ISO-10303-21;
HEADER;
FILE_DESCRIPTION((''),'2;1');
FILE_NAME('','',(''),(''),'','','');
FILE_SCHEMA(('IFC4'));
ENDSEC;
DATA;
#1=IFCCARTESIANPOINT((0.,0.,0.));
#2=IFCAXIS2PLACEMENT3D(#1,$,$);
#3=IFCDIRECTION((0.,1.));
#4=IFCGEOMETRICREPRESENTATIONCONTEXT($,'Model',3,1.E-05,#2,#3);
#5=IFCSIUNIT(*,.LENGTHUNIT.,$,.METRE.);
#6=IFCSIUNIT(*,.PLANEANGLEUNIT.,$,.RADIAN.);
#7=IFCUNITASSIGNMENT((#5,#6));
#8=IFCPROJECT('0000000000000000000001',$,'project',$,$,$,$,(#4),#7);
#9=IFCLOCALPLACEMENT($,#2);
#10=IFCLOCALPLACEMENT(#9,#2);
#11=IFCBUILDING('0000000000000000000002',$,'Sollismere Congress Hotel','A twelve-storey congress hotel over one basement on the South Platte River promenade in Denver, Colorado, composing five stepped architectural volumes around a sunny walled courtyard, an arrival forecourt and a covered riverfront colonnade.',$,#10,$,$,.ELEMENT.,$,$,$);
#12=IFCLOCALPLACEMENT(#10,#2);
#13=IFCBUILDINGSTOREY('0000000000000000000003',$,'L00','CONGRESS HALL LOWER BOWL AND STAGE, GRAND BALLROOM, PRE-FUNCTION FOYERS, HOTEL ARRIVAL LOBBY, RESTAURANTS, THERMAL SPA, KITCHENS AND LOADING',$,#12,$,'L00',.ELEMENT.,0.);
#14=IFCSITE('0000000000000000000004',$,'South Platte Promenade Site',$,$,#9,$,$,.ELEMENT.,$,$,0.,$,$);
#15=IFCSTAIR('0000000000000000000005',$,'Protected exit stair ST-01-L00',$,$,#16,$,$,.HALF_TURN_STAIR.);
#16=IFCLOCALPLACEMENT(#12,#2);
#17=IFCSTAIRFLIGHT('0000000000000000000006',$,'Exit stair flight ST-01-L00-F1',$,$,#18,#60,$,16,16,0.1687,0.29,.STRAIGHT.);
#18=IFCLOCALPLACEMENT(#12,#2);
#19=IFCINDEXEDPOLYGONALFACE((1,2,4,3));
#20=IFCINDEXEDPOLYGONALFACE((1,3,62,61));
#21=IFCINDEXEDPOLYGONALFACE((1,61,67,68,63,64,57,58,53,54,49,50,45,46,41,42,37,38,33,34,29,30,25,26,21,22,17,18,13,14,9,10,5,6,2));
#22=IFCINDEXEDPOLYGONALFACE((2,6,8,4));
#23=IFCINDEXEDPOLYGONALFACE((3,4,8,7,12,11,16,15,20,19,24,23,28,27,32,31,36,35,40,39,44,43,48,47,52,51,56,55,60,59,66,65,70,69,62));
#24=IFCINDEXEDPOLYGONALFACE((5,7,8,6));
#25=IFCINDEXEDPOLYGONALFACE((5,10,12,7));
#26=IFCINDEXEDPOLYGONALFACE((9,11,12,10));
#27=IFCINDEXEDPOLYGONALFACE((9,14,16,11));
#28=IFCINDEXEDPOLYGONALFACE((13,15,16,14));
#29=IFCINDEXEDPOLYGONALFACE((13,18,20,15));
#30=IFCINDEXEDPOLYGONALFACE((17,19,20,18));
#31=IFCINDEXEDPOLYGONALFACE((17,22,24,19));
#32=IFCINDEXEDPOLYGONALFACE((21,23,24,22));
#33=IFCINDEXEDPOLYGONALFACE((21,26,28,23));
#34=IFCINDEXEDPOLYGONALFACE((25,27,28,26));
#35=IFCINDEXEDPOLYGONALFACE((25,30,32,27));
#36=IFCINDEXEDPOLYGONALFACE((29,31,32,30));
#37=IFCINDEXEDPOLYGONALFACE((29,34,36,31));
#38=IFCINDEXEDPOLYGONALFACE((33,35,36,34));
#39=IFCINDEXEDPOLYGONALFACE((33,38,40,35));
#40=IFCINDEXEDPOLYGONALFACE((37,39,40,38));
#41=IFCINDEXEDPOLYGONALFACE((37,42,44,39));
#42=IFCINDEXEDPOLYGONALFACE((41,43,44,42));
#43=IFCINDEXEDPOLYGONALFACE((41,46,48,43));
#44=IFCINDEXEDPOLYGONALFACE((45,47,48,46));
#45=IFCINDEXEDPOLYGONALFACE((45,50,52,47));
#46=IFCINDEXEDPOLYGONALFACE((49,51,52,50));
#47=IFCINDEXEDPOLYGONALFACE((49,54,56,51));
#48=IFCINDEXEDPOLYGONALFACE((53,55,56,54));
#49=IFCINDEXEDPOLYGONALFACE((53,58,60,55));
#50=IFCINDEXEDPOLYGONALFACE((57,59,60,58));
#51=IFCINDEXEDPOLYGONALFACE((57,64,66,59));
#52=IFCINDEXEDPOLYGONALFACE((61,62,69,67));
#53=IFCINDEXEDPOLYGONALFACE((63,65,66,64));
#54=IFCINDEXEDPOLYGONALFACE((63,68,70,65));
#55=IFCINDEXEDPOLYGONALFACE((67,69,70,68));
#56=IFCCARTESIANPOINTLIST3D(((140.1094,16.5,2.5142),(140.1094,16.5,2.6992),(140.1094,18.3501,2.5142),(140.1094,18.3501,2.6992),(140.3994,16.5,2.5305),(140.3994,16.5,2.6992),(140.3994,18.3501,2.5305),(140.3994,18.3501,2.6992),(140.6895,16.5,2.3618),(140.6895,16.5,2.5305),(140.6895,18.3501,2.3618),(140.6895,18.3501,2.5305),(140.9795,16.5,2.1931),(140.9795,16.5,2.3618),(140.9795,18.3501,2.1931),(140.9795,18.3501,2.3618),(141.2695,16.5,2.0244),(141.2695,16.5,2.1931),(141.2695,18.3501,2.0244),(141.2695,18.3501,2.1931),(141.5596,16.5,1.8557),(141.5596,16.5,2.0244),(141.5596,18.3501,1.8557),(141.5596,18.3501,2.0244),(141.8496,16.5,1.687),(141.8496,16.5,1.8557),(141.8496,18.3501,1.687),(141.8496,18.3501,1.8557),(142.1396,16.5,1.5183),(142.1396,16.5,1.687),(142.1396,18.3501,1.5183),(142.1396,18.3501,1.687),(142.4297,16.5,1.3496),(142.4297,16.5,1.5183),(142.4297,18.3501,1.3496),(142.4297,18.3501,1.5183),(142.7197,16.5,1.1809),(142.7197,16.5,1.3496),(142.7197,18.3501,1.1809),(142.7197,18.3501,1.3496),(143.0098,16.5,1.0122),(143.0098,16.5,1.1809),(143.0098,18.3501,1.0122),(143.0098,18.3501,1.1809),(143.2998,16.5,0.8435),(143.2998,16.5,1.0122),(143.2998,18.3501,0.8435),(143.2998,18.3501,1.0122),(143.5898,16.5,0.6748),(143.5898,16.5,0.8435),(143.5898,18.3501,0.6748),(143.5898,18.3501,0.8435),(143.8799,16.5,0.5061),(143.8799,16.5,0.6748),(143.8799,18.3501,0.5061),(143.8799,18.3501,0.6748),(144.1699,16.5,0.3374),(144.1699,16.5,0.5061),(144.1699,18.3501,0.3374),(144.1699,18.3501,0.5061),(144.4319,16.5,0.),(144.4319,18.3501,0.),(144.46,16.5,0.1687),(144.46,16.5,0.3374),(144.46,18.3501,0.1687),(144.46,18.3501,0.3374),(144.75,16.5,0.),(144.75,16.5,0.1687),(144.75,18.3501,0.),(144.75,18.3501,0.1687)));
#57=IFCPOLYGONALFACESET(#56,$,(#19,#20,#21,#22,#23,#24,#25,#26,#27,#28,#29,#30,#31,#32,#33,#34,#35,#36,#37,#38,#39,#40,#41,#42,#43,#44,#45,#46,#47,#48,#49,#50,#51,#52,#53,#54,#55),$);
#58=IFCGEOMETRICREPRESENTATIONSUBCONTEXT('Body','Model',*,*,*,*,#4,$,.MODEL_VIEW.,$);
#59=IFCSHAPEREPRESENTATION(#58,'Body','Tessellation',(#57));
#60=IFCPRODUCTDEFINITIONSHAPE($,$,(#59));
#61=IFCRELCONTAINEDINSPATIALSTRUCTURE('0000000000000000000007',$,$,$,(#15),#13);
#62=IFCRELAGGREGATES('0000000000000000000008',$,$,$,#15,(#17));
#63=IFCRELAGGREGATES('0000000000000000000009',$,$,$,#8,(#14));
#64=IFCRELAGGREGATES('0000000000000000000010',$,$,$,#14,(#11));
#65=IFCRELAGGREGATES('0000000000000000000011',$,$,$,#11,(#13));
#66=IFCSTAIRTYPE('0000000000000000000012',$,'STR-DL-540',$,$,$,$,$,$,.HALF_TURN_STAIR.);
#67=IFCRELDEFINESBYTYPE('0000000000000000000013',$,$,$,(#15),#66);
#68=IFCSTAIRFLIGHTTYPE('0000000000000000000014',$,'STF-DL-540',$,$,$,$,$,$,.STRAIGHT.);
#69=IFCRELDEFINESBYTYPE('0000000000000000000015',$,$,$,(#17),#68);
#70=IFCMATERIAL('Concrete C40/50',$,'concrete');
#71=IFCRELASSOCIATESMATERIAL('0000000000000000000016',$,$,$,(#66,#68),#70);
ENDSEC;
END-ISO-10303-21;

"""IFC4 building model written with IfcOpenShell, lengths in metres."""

from ifc_helpers import new_model, si_unit, direction, frame, origin, place, context, subcontext, project, spatial, polyline, outline, extrude, material, type_object, element, aggregate, save


model = new_model("IFC4")

# Units and contexts
model_context = context("Model", 3, precision=1e-05, world=origin(), true_north=direction((0.0, 1.0)))
body_context = subcontext(model_context, "Body", "Model", "MODEL_VIEW")
ifc_project = project(units=[si_unit("LENGTHUNIT", "METRE"), si_unit("PLANEANGLEUNIT", "RADIAN")], contexts=[model_context])

# Site, building, storey
site_placement = place(None, origin())
site = spatial("IfcSite", under=ifc_project, at=site_placement, Name="South Platte Promenade Site", CompositionType="ELEMENT", RefElevation=0.0)
building_placement = place(site_placement, origin())
building = spatial("IfcBuilding", under=site, at=building_placement, Name="Sollismere Congress Hotel", Description="A twelve-storey congress hotel over one basement on the South Platte River promenade in Denver, Colorado, composing five stepped architectural volumes around a sunny walled courtyard, an arrival forecourt and a covered riverfront colonnade.", CompositionType="ELEMENT")
storey_placement = place(building_placement, origin())
storey = spatial("IfcBuildingStorey", under=building, at=storey_placement, Name="L00", Description="CONGRESS HALL LOWER BOWL AND STAGE, GRAND BALLROOM, PRE-FUNCTION FOYERS, HOTEL ARRIVAL LOBBY, RESTAURANTS, THERMAL SPA, KITCHENS AND LOADING", LongName="L00", CompositionType="ELEMENT", Elevation=0.0)

# Stair, stair flight
ifc_material_1 = material(Name="Concrete C40/50", Category="concrete")
stair_type = type_object("IfcStairType", Name="STR-DL-540", PredefinedType="HALF_TURN_STAIR", material=ifc_material_1)
stair_placement = place(storey_placement, origin())
stair = element("IfcStair", 1, at=stair_placement, inside=storey, type_object=stair_type, Name="Protected exit stair ST-01-L00", PredefinedType="HALF_TURN_STAIR")
stair_flight_type = type_object("IfcStairFlightType", Name="STF-DL-540", PredefinedType="STRAIGHT", material=ifc_material_1)
stair_flight_placement = place(storey_placement, frame((144.75, 17.425, 0.0), z_axis=(0.0, 0.0, 1.0), x_axis=(-1.0, 0.0, 0.0)))
stair_flight = element("IfcStairFlight", 2, at=stair_flight_placement, type_object=stair_flight_type, Name="Exit stair flight ST-01-L00-F1", NumberOfRisers=16, NumberOfTreads=16, PredefinedType="STRAIGHT", RiserHeight=0.1687, TreadLength=0.29, context=body_context, shape_type="SweptSolid", body=[
    extrude(outline(polyline([(0.0, 0.0), (0.0, 0.1687), (0.29, 0.1687), (0.29, 0.3374), (0.5801, 0.3374), (0.5801, 0.5061), (0.8701, 0.5061), (0.8701, 0.6748), (1.1602, 0.6748), (1.1602, 0.8435), (1.4502, 0.8435), (1.4502, 1.0122), (1.7402, 1.0122), (1.7402, 1.1809), (2.0303, 1.1809), (2.0303, 1.3496), (2.3203, 1.3496), (2.3203, 1.5183), (2.6104, 1.5183), (2.6104, 1.687), (2.9004, 1.687), (2.9004, 1.8557), (3.1904, 1.8557), (3.1904, 2.0244), (3.4805, 2.0244), (3.4805, 2.1931), (3.7705, 2.1931), (3.7705, 2.3618), (4.0605, 2.3618), (4.0605, 2.5305), (4.3506, 2.5305), (4.3506, 2.6992), (4.6406, 2.6992), (4.6406, 2.5142), (0.3181, 0.0), (0.0, 0.0)])), frame((0.0, 0.925, 0.0), z_axis=(0.0, -1.0, 0.0), x_axis=(1.0, 0.0, 0.0)), (0.0, 0.0, 1.0), 1.8501),
])
aggregate(stair, [stair_flight])

save(model, "model.ifc")
